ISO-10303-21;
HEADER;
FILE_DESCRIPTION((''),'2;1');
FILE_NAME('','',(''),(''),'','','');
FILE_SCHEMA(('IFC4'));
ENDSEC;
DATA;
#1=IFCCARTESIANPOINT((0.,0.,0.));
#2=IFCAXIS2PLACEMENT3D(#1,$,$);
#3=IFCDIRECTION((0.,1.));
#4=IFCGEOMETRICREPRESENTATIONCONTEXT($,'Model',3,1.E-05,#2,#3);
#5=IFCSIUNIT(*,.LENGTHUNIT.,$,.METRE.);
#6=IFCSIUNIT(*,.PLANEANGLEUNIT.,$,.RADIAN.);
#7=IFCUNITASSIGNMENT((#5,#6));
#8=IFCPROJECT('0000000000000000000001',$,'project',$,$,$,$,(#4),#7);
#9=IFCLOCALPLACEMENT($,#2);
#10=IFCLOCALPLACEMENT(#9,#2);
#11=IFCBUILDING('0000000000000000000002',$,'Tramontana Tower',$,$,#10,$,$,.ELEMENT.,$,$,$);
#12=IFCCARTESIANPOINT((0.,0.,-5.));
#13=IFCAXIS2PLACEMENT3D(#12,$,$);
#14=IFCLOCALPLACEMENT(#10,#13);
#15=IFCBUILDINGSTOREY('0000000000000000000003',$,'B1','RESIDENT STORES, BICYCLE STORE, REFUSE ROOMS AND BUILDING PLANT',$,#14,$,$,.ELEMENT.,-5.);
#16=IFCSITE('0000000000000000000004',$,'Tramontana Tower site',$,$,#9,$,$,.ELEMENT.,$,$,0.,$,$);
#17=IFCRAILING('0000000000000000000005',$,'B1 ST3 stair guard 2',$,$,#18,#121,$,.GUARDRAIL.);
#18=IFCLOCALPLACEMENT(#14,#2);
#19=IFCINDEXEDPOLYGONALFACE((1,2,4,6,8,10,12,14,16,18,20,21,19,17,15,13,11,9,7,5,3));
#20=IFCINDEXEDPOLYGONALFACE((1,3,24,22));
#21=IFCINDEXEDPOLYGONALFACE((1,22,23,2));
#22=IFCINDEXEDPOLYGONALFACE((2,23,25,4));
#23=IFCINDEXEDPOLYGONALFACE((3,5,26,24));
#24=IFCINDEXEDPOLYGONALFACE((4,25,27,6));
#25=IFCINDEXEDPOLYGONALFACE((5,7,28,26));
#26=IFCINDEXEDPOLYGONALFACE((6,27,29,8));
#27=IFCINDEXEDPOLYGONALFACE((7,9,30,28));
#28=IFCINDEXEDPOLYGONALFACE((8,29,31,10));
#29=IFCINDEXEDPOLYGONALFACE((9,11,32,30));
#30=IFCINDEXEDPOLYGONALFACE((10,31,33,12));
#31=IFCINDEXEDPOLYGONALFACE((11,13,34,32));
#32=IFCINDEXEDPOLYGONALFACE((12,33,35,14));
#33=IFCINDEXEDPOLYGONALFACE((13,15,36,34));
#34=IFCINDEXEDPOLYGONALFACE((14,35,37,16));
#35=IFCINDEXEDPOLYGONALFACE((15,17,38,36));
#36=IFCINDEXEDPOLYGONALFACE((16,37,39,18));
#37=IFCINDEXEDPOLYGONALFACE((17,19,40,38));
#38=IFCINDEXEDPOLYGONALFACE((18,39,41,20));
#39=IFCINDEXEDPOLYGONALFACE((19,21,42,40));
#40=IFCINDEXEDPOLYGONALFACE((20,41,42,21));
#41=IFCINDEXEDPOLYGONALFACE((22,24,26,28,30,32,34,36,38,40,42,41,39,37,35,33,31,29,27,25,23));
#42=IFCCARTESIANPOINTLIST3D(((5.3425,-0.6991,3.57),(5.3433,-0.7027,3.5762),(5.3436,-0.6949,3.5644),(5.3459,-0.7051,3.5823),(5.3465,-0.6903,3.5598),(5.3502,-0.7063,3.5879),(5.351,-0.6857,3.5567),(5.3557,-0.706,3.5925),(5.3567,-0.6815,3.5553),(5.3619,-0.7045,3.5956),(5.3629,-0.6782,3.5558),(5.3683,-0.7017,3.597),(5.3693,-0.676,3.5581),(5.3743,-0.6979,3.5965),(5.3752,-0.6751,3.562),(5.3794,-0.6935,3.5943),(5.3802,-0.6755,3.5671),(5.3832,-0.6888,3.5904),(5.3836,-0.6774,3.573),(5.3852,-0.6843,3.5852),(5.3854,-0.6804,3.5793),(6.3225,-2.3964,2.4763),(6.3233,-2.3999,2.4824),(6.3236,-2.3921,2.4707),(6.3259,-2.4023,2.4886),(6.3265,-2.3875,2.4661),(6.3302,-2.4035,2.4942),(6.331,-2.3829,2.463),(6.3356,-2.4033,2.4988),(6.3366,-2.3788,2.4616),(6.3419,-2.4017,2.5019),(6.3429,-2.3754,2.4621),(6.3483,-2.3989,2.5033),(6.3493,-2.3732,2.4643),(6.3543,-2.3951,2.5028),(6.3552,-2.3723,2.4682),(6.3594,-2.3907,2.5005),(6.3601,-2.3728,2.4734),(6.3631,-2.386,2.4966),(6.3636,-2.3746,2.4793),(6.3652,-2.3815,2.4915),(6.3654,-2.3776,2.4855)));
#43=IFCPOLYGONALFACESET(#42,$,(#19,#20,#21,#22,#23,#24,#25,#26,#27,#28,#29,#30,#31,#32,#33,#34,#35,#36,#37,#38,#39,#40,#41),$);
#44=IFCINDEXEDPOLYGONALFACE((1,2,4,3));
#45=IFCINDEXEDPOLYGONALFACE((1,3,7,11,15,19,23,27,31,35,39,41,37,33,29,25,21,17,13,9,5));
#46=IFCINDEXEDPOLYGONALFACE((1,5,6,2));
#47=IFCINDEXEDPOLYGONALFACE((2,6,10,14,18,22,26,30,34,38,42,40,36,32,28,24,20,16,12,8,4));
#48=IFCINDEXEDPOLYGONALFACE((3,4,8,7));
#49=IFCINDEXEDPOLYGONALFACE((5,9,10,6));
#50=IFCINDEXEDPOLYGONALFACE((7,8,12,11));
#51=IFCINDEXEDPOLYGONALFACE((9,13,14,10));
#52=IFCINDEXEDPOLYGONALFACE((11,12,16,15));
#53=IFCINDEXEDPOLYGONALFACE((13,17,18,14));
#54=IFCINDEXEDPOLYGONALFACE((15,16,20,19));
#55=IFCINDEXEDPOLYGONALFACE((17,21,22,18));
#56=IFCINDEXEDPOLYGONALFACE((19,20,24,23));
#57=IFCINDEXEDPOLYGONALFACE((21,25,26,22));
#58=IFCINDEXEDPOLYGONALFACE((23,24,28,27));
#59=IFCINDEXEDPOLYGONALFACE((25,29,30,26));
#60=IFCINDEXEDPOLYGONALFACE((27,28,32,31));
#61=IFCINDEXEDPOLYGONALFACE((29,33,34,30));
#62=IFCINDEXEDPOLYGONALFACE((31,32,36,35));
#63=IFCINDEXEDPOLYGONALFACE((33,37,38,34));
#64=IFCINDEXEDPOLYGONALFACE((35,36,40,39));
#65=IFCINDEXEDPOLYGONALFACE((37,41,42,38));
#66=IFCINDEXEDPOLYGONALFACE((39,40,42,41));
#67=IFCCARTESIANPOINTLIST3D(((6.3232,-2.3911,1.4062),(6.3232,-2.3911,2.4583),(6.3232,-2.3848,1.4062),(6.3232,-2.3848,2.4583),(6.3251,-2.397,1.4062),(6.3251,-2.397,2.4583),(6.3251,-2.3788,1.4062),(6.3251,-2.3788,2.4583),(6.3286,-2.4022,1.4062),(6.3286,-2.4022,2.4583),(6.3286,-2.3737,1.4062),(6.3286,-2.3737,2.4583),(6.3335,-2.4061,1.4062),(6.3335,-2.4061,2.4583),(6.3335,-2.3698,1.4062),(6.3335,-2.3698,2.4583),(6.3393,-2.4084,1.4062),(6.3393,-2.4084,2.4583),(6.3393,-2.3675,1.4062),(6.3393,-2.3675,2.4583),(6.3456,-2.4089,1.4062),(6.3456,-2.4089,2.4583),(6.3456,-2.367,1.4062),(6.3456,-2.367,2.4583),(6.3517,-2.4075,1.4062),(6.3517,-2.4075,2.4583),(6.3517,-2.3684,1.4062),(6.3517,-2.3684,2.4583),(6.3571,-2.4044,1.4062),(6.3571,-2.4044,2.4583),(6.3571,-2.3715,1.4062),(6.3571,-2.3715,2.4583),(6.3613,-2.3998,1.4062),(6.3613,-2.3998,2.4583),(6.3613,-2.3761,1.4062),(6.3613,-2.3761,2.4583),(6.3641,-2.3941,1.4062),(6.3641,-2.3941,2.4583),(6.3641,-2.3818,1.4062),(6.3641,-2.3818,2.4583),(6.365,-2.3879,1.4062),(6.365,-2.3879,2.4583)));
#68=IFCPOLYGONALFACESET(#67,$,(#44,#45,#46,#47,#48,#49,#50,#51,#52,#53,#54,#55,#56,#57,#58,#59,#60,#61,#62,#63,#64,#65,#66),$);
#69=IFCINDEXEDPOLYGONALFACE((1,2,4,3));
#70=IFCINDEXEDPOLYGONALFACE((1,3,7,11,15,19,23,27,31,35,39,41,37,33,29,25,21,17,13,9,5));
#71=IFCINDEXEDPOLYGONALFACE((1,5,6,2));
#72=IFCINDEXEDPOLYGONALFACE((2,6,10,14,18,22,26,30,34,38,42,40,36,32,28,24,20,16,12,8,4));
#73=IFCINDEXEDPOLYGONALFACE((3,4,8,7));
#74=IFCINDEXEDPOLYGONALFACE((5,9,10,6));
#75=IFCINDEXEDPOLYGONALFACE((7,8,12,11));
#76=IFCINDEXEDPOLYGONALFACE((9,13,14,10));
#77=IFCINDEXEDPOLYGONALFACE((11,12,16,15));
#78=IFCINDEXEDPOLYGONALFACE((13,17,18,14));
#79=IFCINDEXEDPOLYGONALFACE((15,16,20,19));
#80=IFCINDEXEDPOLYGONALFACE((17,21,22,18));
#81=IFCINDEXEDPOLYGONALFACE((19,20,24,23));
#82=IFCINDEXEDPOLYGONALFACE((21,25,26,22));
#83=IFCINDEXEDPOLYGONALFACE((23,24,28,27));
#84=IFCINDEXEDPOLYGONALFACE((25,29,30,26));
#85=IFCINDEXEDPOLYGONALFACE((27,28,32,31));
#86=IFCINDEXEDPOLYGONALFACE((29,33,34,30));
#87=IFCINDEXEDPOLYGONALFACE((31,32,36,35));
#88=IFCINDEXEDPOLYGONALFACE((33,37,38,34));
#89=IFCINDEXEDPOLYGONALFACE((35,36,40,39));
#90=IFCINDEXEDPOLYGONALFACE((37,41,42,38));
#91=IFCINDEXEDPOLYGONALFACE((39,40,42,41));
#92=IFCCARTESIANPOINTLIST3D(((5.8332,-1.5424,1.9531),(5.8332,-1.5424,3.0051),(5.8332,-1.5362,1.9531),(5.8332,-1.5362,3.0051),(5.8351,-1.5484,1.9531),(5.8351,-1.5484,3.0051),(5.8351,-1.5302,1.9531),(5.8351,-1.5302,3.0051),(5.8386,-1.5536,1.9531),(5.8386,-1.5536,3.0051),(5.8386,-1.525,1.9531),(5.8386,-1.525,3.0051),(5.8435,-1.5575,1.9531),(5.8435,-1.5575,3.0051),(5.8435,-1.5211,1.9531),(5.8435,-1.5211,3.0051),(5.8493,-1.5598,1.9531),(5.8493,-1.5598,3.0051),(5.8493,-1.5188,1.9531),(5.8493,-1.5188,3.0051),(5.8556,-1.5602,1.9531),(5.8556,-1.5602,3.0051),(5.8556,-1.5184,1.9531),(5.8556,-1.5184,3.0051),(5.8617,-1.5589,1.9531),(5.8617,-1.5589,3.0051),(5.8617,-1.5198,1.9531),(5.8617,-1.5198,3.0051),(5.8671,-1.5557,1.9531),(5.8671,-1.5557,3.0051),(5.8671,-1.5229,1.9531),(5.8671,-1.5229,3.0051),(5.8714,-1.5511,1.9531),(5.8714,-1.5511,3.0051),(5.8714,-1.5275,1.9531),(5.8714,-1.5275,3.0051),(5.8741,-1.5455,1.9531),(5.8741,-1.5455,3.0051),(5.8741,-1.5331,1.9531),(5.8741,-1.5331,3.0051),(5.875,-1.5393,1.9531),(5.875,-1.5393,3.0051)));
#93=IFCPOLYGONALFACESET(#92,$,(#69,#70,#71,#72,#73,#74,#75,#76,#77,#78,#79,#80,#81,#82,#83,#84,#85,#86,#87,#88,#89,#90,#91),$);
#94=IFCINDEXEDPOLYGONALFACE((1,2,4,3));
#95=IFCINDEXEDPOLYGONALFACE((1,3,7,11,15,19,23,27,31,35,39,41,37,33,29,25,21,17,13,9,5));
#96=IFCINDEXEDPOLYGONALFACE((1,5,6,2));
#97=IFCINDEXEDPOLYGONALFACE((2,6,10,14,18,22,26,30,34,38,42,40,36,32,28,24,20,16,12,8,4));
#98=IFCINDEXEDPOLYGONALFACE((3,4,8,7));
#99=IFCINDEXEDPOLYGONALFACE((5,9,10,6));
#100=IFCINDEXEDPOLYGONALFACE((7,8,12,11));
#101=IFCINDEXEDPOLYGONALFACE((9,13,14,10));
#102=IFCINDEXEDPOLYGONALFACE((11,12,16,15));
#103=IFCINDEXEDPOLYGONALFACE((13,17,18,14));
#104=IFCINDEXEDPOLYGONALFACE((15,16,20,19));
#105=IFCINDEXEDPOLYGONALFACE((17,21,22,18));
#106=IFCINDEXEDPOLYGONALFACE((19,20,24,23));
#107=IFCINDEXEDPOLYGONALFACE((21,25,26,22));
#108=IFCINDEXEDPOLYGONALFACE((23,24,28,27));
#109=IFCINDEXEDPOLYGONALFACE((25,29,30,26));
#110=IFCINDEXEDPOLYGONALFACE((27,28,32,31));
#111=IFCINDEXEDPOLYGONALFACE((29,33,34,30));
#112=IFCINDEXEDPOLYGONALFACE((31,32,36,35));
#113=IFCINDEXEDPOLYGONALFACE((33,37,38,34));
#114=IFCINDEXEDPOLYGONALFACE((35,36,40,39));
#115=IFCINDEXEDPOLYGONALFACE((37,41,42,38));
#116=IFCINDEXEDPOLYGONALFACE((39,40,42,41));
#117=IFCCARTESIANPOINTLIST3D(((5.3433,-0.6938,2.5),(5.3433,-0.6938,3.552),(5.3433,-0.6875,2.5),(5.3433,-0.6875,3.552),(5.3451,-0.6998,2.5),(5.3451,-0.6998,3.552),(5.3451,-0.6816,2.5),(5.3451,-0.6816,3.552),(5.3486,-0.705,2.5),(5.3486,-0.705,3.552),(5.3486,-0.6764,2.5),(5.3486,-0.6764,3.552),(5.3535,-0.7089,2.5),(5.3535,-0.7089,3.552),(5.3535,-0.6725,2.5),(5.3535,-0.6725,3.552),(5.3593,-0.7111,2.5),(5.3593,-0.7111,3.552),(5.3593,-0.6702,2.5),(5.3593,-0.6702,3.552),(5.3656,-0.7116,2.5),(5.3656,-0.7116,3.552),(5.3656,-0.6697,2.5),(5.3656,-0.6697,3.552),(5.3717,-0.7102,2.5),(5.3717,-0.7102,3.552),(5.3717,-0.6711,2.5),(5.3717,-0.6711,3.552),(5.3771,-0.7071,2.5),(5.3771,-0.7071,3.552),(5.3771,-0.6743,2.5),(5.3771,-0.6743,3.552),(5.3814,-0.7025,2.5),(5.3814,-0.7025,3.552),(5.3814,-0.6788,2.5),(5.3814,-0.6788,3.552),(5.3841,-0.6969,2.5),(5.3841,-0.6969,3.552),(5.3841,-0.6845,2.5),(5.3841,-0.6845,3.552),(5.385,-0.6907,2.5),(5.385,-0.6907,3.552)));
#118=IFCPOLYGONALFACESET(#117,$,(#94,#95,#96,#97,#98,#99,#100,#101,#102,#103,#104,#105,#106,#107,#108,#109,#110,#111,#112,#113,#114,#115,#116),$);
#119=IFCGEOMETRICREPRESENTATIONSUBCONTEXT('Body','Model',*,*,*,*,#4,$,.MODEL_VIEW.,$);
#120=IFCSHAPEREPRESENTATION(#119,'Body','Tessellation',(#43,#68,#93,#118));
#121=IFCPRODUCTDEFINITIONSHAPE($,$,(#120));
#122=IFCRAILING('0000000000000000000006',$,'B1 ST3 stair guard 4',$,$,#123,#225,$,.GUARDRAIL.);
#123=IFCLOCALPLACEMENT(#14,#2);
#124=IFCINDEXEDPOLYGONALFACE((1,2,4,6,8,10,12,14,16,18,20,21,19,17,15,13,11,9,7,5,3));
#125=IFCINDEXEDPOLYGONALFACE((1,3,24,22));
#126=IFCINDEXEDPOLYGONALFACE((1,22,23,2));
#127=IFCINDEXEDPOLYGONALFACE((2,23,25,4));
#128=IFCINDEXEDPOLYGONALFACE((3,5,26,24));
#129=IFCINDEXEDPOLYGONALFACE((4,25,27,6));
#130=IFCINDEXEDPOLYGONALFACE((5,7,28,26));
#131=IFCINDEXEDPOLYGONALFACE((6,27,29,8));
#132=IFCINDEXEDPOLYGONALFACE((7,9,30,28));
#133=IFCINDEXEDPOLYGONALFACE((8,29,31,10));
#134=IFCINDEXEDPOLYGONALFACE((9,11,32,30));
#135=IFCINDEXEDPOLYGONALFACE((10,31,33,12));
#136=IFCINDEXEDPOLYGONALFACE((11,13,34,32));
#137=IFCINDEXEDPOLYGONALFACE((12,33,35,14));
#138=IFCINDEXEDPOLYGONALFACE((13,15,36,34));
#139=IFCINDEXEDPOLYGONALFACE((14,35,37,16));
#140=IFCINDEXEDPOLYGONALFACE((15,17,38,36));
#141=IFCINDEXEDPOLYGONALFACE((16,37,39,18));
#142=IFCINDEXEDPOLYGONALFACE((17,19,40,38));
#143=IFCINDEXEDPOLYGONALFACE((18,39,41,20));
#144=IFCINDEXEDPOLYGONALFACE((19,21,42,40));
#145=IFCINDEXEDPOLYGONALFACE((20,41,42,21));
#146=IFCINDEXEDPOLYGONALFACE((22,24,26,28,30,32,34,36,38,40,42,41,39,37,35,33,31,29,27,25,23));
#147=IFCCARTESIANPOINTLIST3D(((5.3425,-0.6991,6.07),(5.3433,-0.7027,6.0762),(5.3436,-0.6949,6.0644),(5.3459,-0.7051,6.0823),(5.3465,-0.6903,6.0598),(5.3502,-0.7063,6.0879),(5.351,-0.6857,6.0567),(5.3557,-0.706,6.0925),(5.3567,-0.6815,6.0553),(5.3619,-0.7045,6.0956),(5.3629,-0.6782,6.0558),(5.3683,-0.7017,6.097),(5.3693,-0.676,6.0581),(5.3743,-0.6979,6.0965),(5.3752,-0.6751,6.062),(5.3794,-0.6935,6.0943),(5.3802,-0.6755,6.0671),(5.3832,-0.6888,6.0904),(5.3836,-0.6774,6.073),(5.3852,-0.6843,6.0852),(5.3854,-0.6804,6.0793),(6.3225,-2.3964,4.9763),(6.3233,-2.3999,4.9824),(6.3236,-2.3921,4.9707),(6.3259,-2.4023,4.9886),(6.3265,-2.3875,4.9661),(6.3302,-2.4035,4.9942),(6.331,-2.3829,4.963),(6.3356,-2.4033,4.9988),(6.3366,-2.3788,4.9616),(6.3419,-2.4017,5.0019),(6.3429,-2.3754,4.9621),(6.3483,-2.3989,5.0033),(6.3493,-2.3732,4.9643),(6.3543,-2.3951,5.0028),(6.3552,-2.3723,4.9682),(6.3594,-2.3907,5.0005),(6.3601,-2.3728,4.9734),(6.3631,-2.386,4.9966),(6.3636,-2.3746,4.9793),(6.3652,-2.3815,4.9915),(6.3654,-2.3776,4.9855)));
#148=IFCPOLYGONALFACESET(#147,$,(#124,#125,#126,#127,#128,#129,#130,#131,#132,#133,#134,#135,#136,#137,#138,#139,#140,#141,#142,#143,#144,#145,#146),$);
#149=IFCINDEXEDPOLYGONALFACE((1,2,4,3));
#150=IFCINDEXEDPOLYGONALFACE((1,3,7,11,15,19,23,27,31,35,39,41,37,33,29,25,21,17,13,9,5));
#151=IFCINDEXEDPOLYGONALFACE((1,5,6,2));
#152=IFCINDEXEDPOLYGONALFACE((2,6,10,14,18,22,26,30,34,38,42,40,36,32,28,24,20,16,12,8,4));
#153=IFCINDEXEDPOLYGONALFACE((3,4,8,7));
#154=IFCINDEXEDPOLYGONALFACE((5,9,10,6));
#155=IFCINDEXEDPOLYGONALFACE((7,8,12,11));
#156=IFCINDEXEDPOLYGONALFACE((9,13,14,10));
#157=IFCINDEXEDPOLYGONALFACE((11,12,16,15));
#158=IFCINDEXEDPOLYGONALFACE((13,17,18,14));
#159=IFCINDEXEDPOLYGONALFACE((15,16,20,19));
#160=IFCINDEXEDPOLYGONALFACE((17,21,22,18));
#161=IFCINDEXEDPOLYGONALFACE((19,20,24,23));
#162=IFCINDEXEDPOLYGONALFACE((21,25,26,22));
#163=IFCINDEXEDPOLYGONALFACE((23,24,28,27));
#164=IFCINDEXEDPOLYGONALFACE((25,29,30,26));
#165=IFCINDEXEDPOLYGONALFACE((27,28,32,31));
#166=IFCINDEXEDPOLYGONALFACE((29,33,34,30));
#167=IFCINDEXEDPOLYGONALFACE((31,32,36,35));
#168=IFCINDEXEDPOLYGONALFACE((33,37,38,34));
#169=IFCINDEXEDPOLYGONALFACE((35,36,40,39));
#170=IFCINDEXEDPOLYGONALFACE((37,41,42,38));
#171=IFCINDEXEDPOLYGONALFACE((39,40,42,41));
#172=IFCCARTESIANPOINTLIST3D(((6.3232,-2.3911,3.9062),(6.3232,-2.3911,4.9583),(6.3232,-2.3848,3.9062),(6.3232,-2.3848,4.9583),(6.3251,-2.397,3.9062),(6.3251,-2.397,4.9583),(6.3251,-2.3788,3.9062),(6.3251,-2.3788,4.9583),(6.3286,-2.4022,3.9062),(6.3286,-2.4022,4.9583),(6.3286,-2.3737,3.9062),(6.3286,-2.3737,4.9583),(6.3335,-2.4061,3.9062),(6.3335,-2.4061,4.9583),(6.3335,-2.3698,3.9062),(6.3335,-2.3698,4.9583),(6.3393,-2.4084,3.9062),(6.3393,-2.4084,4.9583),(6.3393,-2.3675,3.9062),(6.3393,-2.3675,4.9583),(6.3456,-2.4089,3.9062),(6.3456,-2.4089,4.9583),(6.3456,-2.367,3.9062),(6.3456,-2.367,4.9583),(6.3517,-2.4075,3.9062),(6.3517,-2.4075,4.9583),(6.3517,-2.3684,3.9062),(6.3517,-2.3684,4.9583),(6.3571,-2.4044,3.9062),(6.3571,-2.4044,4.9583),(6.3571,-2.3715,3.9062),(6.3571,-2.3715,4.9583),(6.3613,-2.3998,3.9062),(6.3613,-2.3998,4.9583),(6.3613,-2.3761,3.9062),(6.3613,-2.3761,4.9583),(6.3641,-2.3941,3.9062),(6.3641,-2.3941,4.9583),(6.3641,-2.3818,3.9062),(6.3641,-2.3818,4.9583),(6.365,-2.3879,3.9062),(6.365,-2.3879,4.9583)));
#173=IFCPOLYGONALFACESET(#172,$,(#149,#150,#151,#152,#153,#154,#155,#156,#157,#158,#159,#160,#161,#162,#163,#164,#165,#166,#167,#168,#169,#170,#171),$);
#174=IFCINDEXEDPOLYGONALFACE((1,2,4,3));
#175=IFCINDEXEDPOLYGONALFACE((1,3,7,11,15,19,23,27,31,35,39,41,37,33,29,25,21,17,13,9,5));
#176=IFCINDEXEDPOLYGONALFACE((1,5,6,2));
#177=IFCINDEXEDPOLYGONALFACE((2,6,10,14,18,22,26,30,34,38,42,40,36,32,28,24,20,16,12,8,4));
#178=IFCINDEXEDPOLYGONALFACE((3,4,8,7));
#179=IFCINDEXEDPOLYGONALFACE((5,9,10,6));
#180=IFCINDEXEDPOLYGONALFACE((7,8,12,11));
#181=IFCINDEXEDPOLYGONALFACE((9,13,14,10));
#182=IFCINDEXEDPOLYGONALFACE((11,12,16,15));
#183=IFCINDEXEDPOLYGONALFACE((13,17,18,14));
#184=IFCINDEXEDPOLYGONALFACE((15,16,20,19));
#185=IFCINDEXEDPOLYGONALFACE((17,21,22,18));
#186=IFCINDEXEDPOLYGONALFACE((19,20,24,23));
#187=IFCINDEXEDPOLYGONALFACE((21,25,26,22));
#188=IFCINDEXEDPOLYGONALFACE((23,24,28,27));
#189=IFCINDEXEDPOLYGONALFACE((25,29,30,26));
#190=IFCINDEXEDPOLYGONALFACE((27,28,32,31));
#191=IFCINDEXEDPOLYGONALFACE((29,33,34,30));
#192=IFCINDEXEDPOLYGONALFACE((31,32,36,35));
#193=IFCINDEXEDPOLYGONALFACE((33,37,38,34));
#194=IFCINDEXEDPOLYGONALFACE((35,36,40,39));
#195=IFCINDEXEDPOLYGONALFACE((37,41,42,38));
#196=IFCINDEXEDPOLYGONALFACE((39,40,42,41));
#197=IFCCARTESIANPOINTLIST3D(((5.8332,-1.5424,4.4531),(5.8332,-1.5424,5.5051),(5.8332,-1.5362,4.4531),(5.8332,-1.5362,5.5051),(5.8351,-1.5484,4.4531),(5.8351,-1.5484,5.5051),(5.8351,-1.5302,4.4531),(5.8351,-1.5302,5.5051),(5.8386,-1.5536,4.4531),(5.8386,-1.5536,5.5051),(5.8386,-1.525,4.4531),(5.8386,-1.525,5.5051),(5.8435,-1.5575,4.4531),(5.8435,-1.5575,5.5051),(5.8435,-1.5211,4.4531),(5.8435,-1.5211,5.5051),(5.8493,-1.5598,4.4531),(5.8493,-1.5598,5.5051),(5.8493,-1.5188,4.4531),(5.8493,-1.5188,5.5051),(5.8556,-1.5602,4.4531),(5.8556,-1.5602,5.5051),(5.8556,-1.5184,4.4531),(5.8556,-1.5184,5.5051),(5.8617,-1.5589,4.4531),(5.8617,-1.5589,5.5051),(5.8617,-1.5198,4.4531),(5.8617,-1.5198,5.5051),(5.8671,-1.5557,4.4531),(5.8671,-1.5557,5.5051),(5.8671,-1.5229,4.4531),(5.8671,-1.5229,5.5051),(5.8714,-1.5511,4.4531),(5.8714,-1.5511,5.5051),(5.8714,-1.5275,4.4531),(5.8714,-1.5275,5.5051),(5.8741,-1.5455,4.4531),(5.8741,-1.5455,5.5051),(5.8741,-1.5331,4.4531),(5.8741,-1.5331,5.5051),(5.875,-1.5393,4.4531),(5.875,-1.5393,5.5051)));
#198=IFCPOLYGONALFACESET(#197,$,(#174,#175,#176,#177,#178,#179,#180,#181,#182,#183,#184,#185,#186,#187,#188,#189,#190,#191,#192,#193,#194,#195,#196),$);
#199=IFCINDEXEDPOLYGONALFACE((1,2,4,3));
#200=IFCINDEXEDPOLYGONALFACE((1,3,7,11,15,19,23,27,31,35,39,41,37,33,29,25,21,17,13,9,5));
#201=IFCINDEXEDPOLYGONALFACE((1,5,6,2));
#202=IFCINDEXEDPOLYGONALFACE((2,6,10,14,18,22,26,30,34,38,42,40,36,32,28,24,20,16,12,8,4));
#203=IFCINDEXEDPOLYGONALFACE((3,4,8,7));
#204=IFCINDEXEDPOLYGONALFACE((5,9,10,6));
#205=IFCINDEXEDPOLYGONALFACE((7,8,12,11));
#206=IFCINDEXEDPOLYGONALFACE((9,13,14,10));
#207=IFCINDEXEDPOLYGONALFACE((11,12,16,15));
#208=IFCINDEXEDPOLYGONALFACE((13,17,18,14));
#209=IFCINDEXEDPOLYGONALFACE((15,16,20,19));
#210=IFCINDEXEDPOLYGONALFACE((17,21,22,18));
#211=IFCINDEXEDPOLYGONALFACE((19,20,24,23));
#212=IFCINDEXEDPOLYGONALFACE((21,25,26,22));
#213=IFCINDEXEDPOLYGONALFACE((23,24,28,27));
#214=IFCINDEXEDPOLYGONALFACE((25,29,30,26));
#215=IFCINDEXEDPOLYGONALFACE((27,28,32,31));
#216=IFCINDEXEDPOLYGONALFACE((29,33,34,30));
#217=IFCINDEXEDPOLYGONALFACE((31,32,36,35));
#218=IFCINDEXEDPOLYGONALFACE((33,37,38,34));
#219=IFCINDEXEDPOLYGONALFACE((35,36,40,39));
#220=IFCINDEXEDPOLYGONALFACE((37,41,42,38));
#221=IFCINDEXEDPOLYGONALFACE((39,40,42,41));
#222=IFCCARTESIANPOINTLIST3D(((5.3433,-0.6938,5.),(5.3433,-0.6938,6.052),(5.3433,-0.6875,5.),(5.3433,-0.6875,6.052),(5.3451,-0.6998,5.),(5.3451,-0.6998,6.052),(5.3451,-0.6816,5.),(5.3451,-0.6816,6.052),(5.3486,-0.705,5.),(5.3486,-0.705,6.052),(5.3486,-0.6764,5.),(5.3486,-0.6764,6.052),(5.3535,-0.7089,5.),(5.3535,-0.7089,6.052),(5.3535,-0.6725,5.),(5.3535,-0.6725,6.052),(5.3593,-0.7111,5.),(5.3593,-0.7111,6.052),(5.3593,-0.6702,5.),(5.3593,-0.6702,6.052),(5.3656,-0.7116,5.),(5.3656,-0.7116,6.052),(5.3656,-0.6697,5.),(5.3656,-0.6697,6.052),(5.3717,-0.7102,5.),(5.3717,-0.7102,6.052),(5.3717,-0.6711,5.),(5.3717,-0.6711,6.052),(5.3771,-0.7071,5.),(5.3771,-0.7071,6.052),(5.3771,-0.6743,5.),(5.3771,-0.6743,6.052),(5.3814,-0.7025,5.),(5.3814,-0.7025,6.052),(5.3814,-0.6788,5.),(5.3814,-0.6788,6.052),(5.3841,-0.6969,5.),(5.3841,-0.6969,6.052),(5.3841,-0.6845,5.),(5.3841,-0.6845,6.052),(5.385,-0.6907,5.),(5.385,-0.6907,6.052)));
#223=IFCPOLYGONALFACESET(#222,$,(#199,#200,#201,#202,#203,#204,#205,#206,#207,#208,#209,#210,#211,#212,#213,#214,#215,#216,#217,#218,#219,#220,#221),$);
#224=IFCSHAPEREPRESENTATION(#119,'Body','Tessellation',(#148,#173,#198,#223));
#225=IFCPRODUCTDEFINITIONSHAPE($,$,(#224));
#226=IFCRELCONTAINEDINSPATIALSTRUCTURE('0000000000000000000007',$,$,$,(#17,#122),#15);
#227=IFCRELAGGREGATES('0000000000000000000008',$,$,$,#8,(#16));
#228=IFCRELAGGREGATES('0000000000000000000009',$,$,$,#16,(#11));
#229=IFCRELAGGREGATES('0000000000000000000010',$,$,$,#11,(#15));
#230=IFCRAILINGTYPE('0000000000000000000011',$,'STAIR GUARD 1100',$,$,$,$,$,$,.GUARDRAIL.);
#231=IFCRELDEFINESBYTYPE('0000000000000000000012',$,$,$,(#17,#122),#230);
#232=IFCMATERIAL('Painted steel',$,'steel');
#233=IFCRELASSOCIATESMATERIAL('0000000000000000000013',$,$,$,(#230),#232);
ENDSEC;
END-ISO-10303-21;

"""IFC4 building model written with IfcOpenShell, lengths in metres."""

from ifc_helpers import new_model, si_unit, direction, frame, origin, origin_2d, place, context, subcontext, project, spatial, circle, extrude, material, type_object, element, save


model = new_model("IFC4")

# Units and contexts
model_context = context("Model", 3, precision=1e-05, world=origin(), true_north=direction((0.0, 1.0)))
body_context = subcontext(model_context, "Body", "Model", "MODEL_VIEW")
ifc_project = project(units=[si_unit("LENGTHUNIT", "METRE"), si_unit("PLANEANGLEUNIT", "RADIAN")], contexts=[model_context])

# Site, building, storey
site_placement = place(None, origin())
site = spatial("IfcSite", under=ifc_project, at=site_placement, Name="Tramontana Tower site", CompositionType="ELEMENT", RefElevation=0.0)
building_placement = place(site_placement, origin())
building = spatial("IfcBuilding", under=site, at=building_placement, Name="Tramontana Tower", CompositionType="ELEMENT")
storey_placement = place(building_placement, frame((0.0, 0.0, -5.0)))
storey = spatial("IfcBuildingStorey", under=building, at=storey_placement, Name="B1", Description="RESIDENT STORES, BICYCLE STORE, REFUSE ROOMS AND BUILDING PLANT", CompositionType="ELEMENT", Elevation=-5.0)

# Railings
ifc_material_1 = material(Name="Painted steel", Category="steel")
railing_type_1 = type_object("IfcRailingType", Name="STAIR GUARD 1100", PredefinedType="GUARDRAIL", material=ifc_material_1)
for number, where, name in (
    (1, (6.344, -2.3879, 1.4062), "B1 ST3 stair guard 2"),
    (2, (6.344, -2.3879, 3.9062), "B1 ST3 stair guard 4"),
):
    element("IfcRailing", number, at=place(storey_placement, frame(where)), inside=storey, type_object=railing_type_1, Name=name, PredefinedType="GUARDRAIL", context=body_context, shape_type="SweptSolid", body=[
        extrude(circle(Radius=0.0239, at=origin_2d()), frame((0.0, 0.0, 1.0762), z_axis=(-0.436632, 0.75622, 0.487323), x_axis=(-0.866011, -0.500024, 0.0)), (0.0, 0.0, 1.0), 2.2444),
        extrude(circle(Radius=0.021, at=origin_2d()), origin(), (0.0, 0.0, 1.0), 1.052),
        extrude(circle(Radius=0.021, at=origin_2d()), frame((-0.49, 0.8486, 0.5469)), (0.0, 0.0, 1.0), 1.052),
        extrude(circle(Radius=0.021, at=origin_2d()), frame((-0.98, 1.6973, 1.0938)), (0.0, 0.0, 1.0), 1.052),
    ])

save(model, "model.ifc")
